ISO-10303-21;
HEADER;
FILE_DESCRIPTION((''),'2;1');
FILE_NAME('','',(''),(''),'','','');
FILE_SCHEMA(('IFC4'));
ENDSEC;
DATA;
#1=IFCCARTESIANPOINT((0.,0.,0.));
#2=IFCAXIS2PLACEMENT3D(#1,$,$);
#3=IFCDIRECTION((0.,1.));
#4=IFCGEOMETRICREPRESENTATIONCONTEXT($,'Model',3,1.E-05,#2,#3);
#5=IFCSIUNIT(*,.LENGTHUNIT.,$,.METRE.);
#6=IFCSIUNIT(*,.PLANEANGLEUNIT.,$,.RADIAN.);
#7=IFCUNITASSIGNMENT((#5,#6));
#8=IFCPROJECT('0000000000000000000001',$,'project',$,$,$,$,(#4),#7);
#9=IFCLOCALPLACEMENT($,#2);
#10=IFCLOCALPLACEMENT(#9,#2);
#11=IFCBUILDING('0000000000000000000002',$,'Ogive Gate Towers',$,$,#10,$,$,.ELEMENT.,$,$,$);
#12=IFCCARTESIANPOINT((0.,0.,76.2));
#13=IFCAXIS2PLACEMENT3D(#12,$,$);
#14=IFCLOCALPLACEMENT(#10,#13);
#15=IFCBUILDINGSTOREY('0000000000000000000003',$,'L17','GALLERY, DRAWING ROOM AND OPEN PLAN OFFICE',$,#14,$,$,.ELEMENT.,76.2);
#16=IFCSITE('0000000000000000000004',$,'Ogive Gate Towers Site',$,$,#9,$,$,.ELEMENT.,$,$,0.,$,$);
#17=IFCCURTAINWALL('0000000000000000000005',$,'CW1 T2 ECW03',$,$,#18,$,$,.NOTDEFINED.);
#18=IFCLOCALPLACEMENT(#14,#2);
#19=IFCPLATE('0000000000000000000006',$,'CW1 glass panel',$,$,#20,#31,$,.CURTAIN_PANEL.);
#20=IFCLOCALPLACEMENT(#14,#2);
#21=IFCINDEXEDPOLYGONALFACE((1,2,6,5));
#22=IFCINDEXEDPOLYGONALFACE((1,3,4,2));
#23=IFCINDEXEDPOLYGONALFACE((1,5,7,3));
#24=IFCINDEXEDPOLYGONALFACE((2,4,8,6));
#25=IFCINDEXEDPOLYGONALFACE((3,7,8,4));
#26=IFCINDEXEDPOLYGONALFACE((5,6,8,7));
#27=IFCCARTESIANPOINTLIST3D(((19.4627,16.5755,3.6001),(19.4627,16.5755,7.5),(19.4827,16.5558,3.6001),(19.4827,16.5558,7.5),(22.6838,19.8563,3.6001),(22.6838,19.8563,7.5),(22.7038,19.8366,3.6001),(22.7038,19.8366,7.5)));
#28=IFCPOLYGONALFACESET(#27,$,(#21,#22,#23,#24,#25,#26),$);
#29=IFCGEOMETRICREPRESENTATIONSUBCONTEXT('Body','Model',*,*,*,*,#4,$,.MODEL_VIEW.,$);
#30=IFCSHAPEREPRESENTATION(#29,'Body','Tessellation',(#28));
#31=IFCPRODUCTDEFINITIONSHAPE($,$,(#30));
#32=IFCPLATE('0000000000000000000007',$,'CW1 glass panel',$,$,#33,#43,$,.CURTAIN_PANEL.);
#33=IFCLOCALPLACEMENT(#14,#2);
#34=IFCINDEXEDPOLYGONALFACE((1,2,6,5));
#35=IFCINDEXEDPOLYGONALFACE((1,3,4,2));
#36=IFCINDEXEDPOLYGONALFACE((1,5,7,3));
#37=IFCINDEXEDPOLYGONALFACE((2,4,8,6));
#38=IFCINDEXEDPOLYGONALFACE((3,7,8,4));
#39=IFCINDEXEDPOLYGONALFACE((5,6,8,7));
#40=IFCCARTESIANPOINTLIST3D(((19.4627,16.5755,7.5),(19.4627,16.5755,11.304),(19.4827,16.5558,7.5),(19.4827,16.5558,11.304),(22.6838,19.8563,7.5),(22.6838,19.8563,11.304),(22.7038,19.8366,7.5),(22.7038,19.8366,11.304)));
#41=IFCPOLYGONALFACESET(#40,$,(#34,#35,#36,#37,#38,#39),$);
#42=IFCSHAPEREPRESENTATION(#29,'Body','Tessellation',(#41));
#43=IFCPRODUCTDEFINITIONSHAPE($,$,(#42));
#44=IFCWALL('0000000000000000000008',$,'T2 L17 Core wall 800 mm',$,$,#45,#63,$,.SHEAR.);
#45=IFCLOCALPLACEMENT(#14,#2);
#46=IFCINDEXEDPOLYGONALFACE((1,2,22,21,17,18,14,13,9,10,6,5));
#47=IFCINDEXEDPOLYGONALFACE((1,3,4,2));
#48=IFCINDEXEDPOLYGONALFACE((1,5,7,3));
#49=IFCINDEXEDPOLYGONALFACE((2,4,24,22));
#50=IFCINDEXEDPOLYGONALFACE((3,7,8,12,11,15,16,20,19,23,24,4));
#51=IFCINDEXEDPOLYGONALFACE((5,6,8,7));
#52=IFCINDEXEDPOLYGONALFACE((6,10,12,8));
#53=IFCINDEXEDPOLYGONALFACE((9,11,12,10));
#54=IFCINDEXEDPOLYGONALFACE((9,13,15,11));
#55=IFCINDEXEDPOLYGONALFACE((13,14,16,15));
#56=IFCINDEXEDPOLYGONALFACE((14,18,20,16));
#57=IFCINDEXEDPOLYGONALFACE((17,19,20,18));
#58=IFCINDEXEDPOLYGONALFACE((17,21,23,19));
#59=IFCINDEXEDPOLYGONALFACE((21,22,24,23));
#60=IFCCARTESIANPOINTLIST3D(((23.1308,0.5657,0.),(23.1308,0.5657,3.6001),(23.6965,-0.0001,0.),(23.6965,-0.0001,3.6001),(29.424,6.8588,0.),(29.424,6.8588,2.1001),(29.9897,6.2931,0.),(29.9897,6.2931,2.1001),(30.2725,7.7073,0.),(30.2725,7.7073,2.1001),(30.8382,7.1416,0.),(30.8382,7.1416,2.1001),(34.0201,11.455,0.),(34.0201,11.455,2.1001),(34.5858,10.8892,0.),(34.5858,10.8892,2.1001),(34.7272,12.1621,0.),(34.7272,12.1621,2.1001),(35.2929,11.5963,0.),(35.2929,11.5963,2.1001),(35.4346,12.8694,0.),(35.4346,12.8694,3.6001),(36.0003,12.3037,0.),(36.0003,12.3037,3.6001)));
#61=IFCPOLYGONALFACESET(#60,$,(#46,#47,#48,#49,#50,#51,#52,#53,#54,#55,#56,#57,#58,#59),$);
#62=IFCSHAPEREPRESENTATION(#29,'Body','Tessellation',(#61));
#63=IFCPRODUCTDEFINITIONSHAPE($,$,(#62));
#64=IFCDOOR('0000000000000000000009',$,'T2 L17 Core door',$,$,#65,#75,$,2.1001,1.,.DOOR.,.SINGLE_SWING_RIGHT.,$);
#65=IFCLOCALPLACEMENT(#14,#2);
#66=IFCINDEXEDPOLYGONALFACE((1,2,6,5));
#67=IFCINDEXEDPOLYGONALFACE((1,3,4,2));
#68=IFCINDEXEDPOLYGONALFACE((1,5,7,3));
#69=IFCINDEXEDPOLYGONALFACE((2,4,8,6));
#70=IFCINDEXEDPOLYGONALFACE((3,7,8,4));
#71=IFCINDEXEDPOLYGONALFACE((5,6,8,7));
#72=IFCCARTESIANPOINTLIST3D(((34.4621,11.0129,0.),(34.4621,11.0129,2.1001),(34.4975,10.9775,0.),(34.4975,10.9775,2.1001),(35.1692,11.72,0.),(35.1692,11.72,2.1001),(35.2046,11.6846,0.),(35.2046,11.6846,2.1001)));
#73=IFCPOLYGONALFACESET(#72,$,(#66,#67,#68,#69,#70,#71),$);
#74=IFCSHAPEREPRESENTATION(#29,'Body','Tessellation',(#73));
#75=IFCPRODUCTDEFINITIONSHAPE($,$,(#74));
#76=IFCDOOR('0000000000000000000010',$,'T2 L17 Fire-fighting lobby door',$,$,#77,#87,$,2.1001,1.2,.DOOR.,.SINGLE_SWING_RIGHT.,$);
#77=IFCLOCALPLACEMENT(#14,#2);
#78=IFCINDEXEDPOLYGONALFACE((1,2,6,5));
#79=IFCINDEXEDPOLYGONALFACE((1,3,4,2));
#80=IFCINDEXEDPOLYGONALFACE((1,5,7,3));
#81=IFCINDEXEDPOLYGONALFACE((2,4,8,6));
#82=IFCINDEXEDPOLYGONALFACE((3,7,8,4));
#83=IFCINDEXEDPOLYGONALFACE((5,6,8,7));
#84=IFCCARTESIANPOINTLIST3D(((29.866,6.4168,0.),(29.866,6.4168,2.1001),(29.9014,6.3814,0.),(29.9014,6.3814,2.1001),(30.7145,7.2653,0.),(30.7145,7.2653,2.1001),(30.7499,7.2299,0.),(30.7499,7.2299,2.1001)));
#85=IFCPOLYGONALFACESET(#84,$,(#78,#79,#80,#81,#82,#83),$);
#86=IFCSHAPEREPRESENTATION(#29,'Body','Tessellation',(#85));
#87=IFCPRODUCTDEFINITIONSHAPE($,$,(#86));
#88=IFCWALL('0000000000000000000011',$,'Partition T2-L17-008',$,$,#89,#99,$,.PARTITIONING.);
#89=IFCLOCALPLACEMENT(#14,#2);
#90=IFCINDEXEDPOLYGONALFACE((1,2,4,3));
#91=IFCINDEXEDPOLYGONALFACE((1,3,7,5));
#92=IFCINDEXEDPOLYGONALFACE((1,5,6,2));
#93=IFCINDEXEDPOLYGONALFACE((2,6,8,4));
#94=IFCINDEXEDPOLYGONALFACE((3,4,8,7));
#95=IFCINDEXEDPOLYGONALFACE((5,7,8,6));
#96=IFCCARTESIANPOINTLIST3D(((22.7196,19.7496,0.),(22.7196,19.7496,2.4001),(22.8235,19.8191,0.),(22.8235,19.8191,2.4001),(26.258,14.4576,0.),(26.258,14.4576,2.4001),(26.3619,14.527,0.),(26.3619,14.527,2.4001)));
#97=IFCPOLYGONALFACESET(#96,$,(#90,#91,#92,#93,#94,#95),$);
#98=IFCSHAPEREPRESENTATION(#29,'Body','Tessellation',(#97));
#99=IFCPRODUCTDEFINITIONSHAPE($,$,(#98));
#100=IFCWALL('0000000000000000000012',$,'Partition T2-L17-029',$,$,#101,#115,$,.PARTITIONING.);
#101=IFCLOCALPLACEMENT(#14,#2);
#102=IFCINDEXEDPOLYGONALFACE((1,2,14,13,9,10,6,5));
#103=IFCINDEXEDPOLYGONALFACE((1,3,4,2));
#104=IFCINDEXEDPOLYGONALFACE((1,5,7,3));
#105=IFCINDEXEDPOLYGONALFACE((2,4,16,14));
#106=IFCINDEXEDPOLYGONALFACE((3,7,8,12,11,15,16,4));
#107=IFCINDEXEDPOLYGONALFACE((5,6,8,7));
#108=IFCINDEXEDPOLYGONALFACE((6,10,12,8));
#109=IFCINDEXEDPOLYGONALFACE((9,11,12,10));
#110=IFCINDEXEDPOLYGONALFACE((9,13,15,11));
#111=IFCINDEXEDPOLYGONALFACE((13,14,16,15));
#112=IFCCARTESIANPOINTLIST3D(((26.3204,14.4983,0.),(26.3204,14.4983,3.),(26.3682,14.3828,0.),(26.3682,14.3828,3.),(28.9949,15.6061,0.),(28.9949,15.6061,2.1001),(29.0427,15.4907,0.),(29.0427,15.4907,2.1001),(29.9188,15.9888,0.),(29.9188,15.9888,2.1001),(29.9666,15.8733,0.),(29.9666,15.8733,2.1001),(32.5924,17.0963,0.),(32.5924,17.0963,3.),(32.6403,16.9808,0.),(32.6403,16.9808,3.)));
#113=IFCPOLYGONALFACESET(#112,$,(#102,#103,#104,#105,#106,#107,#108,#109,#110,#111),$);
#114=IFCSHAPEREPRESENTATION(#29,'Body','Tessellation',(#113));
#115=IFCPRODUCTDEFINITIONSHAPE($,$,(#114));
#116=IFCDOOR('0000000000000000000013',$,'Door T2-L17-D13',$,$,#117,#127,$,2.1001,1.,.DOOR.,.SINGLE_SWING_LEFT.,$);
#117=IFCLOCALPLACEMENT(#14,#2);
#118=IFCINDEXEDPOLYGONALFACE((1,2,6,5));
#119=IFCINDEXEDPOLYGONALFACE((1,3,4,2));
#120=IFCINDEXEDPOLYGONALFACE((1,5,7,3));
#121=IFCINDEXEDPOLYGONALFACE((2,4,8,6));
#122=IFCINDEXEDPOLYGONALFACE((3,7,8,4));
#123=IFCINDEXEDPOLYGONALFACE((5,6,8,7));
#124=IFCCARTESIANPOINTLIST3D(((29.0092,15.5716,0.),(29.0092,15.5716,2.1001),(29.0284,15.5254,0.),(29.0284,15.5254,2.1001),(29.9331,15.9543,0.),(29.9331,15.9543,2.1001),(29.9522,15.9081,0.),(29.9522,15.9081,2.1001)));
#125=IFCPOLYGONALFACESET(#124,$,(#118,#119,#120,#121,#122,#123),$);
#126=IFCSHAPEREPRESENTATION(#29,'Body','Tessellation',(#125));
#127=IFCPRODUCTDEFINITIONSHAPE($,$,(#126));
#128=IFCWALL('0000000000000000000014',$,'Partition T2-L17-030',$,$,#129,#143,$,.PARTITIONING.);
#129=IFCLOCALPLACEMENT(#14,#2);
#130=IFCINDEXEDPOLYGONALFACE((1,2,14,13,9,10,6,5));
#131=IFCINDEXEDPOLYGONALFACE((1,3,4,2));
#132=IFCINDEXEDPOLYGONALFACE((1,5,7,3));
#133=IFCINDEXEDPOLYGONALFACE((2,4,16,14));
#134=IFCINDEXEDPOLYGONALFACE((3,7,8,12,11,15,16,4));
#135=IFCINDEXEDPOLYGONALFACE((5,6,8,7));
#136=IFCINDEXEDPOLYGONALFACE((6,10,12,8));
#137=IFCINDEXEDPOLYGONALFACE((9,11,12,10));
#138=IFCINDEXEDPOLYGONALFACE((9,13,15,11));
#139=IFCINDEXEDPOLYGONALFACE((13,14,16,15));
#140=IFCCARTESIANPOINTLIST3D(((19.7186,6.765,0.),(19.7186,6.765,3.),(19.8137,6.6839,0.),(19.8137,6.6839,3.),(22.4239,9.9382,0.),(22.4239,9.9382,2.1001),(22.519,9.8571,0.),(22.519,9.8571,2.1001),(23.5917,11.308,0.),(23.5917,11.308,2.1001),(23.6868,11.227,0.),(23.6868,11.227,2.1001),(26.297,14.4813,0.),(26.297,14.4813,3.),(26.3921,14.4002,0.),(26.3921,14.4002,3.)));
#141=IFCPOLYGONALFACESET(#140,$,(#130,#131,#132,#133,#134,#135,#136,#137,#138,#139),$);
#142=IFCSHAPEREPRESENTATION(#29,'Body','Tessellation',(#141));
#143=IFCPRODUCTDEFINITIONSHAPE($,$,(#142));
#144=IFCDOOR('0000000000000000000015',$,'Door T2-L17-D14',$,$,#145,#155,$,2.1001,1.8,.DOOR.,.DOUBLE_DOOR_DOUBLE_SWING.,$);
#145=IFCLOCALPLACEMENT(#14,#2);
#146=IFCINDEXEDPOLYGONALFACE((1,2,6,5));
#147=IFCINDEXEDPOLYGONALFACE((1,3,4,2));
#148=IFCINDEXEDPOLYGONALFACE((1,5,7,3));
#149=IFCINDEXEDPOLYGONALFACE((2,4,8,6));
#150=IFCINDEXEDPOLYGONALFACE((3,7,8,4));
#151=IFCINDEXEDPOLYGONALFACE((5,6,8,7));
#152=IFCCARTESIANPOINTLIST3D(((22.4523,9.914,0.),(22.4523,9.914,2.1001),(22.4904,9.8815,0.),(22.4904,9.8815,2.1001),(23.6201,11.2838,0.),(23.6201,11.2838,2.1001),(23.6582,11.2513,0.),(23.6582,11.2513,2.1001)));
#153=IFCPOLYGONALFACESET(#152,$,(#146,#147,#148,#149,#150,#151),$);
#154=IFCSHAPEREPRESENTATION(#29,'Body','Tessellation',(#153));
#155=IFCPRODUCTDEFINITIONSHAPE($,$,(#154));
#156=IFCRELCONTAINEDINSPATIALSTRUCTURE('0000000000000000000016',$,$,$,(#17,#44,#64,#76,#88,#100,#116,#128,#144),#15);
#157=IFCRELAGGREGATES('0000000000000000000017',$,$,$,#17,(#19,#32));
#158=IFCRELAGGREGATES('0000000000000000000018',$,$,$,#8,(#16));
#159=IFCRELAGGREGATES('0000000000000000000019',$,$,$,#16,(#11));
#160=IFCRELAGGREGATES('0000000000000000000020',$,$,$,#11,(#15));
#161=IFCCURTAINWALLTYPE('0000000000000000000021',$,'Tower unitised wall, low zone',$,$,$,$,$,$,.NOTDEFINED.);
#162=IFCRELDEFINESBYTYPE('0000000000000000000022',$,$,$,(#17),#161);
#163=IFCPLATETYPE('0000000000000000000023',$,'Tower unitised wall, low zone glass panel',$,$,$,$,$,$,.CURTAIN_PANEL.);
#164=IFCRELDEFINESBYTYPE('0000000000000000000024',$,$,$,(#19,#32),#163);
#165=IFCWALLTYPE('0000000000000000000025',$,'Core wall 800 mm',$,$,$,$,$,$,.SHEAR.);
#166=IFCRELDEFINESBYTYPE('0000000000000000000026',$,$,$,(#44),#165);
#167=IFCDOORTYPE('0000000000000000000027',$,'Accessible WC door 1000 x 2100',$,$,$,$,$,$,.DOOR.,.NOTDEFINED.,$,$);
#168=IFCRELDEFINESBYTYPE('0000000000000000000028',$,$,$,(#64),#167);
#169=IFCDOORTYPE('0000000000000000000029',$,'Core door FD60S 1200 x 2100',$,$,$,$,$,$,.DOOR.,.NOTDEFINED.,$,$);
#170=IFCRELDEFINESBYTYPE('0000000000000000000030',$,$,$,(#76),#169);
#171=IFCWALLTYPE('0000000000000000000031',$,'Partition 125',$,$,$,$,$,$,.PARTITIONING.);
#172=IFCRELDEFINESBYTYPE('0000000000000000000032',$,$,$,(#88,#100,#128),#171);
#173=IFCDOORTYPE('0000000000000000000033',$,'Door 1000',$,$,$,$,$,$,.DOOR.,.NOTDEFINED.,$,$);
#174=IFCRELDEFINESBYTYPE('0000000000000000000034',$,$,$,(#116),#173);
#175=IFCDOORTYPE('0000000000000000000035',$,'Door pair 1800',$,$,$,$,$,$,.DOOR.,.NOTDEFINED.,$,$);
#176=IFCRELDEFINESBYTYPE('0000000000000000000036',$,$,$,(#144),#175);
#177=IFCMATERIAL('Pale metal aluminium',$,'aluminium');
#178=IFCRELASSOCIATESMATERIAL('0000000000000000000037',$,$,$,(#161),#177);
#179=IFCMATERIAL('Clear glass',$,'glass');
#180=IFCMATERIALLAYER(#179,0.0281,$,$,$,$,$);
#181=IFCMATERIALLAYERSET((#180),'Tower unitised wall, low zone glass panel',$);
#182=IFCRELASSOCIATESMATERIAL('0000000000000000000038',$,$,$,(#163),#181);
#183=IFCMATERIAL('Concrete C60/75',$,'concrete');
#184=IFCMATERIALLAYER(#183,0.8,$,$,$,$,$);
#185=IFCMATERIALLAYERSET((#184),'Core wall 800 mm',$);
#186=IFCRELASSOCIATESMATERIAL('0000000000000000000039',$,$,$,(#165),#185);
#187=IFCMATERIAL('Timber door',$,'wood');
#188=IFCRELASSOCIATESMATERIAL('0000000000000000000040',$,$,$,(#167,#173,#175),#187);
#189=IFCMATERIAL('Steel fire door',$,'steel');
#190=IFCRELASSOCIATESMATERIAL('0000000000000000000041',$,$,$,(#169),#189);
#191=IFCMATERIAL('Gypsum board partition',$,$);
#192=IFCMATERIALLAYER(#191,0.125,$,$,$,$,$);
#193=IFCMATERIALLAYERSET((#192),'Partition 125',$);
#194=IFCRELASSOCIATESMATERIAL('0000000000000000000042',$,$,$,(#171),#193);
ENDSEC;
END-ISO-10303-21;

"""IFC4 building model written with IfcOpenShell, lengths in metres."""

from ifc_helpers import new_model, si_unit, direction, frame, frame_2d, origin, origin_2d, place, context, subcontext, project, spatial, rectangle, extrude, material, layer, layer_set, type_object, element, fill, aggregate, save


model = new_model("IFC4")

# Units and contexts
model_context = context("Model", 3, precision=1e-05, world=origin(), true_north=direction((0.0, 1.0)))
body_context = subcontext(model_context, "Body", "Model", "MODEL_VIEW")
ifc_project = project(units=[si_unit("LENGTHUNIT", "METRE"), si_unit("PLANEANGLEUNIT", "RADIAN")], contexts=[model_context])

# Site, building, storey
site_placement = place(None, origin())
site = spatial("IfcSite", under=ifc_project, at=site_placement, Name="Ogive Gate Towers Site", CompositionType="ELEMENT", RefElevation=0.0)
building_placement = place(site_placement, origin())
building = spatial("IfcBuilding", under=site, at=building_placement, Name="Ogive Gate Towers", CompositionType="ELEMENT")
storey_placement = place(building_placement, frame((0.0, 0.0, 76.2)))
storey = spatial("IfcBuildingStorey", under=building, at=storey_placement, Name="L17", Description="GALLERY, DRAWING ROOM AND OPEN PLAN OFFICE", CompositionType="ELEMENT", Elevation=76.2)

# Curtain wall, plates
ifc_material_1 = material(Name="Pale metal aluminium", Category="aluminium")
curtain_wall_type = type_object("IfcCurtainWallType", Name="Tower unitised wall, low zone", PredefinedType="NOTDEFINED", material=ifc_material_1)
curtain_wall_placement = place(storey_placement, origin())
curtain_wall = element("IfcCurtainWall", 1, at=curtain_wall_placement, inside=storey, type_object=curtain_wall_type, Name="CW1 T2 ECW03", PredefinedType="NOTDEFINED")
ifc_material_2 = material(Name="Clear glass", Category="glass")
ifc_layer_1 = layer(ifc_material_2, 0.0281)
ifc_layer_set_1 = layer_set([ifc_layer_1], Name="Tower unitised wall, low zone glass panel")
plate_type = type_object("IfcPlateType", Name="Tower unitised wall, low zone glass panel", PredefinedType="CURTAIN_PANEL", material=ifc_layer_set_1)
plate_1_placement = place(storey_placement, frame((21.0833, 18.2061, 3.6001), z_axis=(0.0, 0.0, 1.0), x_axis=(-0.700586, -0.713568, 0.0)))
plate_1 = element("IfcPlate", 2, at=plate_1_placement, type_object=plate_type, Name="CW1 glass panel", PredefinedType="CURTAIN_PANEL", context=body_context, shape_type="SweptSolid", body=[
    extrude(rectangle(XDim=4.5977, YDim=0.0281, at=origin_2d()), origin(), (0.0, 0.0, 1.0), 3.8999),
])
plate_2_placement = place(storey_placement, frame((21.0833, 18.2061, 7.5), z_axis=(0.0, 0.0, 1.0), x_axis=(-0.700586, -0.713568, 0.0)))
plate_2 = element("IfcPlate", 3, at=plate_2_placement, type_object=plate_type, Name="CW1 glass panel", PredefinedType="CURTAIN_PANEL", context=body_context, shape_type="SweptSolid", body=[
    extrude(rectangle(XDim=4.5977, YDim=0.0281, at=origin_2d()), origin(), (0.0, 0.0, 1.0), 3.804),
])
aggregate(curtain_wall, [plate_1, plate_2])

# Wall, openings, doors
ifc_material_3 = material(Name="Concrete C60/75", Category="concrete")
ifc_layer_2 = layer(ifc_material_3, 0.8)
ifc_layer_set_2 = layer_set([ifc_layer_2], Name="Core wall 800 mm")
wall_type_1 = type_object("IfcWallType", Name="Core wall 800 mm", PredefinedType="SHEAR", material=ifc_layer_set_2)
wall_1_placement = place(storey_placement, frame((23.4136, 0.2827, 0.0), z_axis=(0.0, 0.0, 1.0), x_axis=(0.707107, 0.707107, 0.0)))
wall_1 = element("IfcWall", 4, at=wall_1_placement, inside=storey, type_object=wall_type_1, Name="T2 L17 Core wall 800 mm", PredefinedType="SHEAR", context=body_context, shape_type="SweptSolid", body=[
    extrude(rectangle(XDim=17.4001, YDim=0.8, at=frame_2d((8.7002, 0.0))), origin(), (0.0, 0.0, 1.0), 3.6001),
])
opening_1_placement = place(wall_1_placement, frame((8.8999, 0.0, 0.0)))
opening_1 = element("IfcOpeningElement", 5, at=opening_1_placement, cuts=wall_1, PredefinedType="OPENING", context=body_context, shape_type="SweptSolid", body=[
    extrude(rectangle(XDim=1.2, YDim=2.1001, at=frame_2d((0.6001, 1.05))), frame((0.0, 0.4102, 0.0), z_axis=(0.0, -1.0, 0.0), x_axis=(1.0, 0.0, 0.0)), (0.0, 0.0, 1.0), 0.8201),
])
opening_2_placement = place(wall_1_placement, frame((15.3999, 0.0, 0.0)))
opening_2 = element("IfcOpeningElement", 6, at=opening_2_placement, cuts=wall_1, PredefinedType="OPENING", context=body_context, shape_type="SweptSolid", body=[
    extrude(rectangle(XDim=1.0, YDim=2.1001, at=frame_2d((0.5, 1.05))), frame((0.0, 0.4102, 0.0), z_axis=(0.0, -1.0, 0.0), x_axis=(1.0, 0.0, 0.0)), (0.0, 0.0, 1.0), 0.8201),
])
ifc_material_4 = material(Name="Timber door", Category="wood")
door_type_1 = type_object("IfcDoorType", Name="Accessible WC door 1000 x 2100", OperationType="NOTDEFINED", PredefinedType="DOOR", material=ifc_material_4)
door_1_placement = place(opening_2_placement, origin())
door_1 = element("IfcDoor", 7, at=door_1_placement, inside=storey, type_object=door_type_1, Name="T2 L17 Core door", OperationType="SINGLE_SWING_RIGHT", OverallHeight=2.1001, OverallWidth=1.0, PredefinedType="DOOR", context=body_context, shape_type="SweptSolid", body=[
    extrude(rectangle(XDim=1.0, YDim=2.1001, at=frame_2d((0.5, 1.05))), frame((0.0, -0.2251, 0.0), z_axis=(0.0, -1.0, 0.0), x_axis=(1.0, 0.0, 0.0)), (0.0, 0.0, 1.0), 0.05),
])
fill(opening_2, door_1)
ifc_material_5 = material(Name="Steel fire door", Category="steel")
door_type_2 = type_object("IfcDoorType", Name="Core door FD60S 1200 x 2100", OperationType="NOTDEFINED", PredefinedType="DOOR", material=ifc_material_5)
door_2_placement = place(opening_1_placement, origin())
door_2 = element("IfcDoor", 8, at=door_2_placement, inside=storey, type_object=door_type_2, Name="T2 L17 Fire-fighting lobby door", OperationType="SINGLE_SWING_RIGHT", OverallHeight=2.1001, OverallWidth=1.2, PredefinedType="DOOR", context=body_context, shape_type="SweptSolid", body=[
    extrude(rectangle(XDim=1.2, YDim=2.1001, at=frame_2d((0.6001, 1.05))), frame((0.0, -0.2251, 0.0), z_axis=(0.0, -1.0, 0.0), x_axis=(1.0, 0.0, 0.0)), (0.0, 0.0, 1.0), 0.05),
])
fill(opening_1, door_2)

# Wall
ifc_material_6 = material(Name="Gypsum board partition")
ifc_layer_3 = layer(ifc_material_6, 0.125)
ifc_layer_set_3 = layer_set([ifc_layer_3], Name="Partition 125")
wall_type_2 = type_object("IfcWallType", Name="Partition 125", PredefinedType="PARTITIONING", material=ifc_layer_set_3)
wall_2_placement = place(storey_placement, frame((22.7715, 19.7844, 0.0), z_axis=(0.0, 0.0, 1.0), x_axis=(0.555824, -0.8313, 0.0)))
element("IfcWall", 9, at=wall_2_placement, inside=storey, type_object=wall_type_2, Name="Partition T2-L17-008", PredefinedType="PARTITIONING", context=body_context, shape_type="SweptSolid", body=[
    extrude(rectangle(XDim=6.366, YDim=0.125, at=frame_2d((3.1831, 0.0))), origin(), (0.0, 0.0, 1.0), 2.4001),
])

# Walls, openings, doors
wall_3_placement = place(storey_placement, frame((32.6165, 17.0386, 0.0), z_axis=(0.0, 0.0, 1.0), x_axis=(-0.923881, -0.382679, 0.0)))
wall_3 = element("IfcWall", 10, at=wall_3_placement, inside=storey, type_object=wall_type_2, Name="Partition T2-L17-029", PredefinedType="PARTITIONING", context=body_context, shape_type="SweptSolid", body=[
    extrude(rectangle(XDim=6.7888, YDim=0.125, at=frame_2d((3.3945, 0.0))), origin(), (0.0, 0.0, 1.0), 3.0),
])
opening_3_placement = place(wall_3_placement, frame((2.894, 0.0, 0.0)))
opening_3 = element("IfcOpeningElement", 11, at=opening_3_placement, cuts=wall_3, PredefinedType="OPENING", context=body_context, shape_type="SweptSolid", body=[
    extrude(rectangle(XDim=1.0, YDim=2.1001, at=frame_2d((0.5, 1.05))), frame((0.0, 0.0725, 0.0), z_axis=(0.0, -1.0, 0.0), x_axis=(1.0, 0.0, 0.0)), (0.0, 0.0, 1.0), 0.145),
])
door_type_3 = type_object("IfcDoorType", Name="Door 1000", OperationType="NOTDEFINED", PredefinedType="DOOR", material=ifc_material_4)
door_3_placement = place(opening_3_placement, origin())
door_3 = element("IfcDoor", 12, at=door_3_placement, inside=storey, type_object=door_type_3, Name="Door T2-L17-D13", OperationType="SINGLE_SWING_LEFT", OverallHeight=2.1001, OverallWidth=1.0, PredefinedType="DOOR", context=body_context, shape_type="SweptSolid", body=[
    extrude(rectangle(XDim=1.0, YDim=2.1001, at=frame_2d((0.5, 1.05))), frame((0.0, 0.0249, 0.0), z_axis=(0.0, -1.0, 0.0), x_axis=(1.0, 0.0, 0.0)), (0.0, 0.0, 1.0), 0.05),
])
fill(opening_3, door_3)
wall_4_placement = place(storey_placement, frame((26.3445, 14.4407, 0.0), z_axis=(0.0, 0.0, 1.0), x_axis=(-0.648765, -0.760989, 0.0)))
wall_4 = element("IfcWall", 13, at=wall_4_placement, inside=storey, type_object=wall_type_2, Name="Partition T2-L17-030", PredefinedType="PARTITIONING", context=body_context, shape_type="SweptSolid", body=[
    extrude(rectangle(XDim=10.1399, YDim=0.125, at=frame_2d((5.0698, 0.0))), origin(), (0.0, 0.0, 1.0), 3.0),
])
opening_4_placement = place(wall_4_placement, frame((4.1699, 0.0, 0.0)))
opening_4 = element("IfcOpeningElement", 14, at=opening_4_placement, cuts=wall_4, PredefinedType="OPENING", context=body_context, shape_type="SweptSolid", body=[
    extrude(rectangle(XDim=1.8, YDim=2.1001, at=frame_2d((0.8999, 1.05))), frame((0.0, 0.0725, 0.0), z_axis=(0.0, -1.0, 0.0), x_axis=(1.0, 0.0, 0.0)), (0.0, 0.0, 1.0), 0.145),
])
door_type_4 = type_object("IfcDoorType", Name="Door pair 1800", OperationType="NOTDEFINED", PredefinedType="DOOR", material=ifc_material_4)
door_4_placement = place(opening_4_placement, origin())
door_4 = element("IfcDoor", 15, at=door_4_placement, inside=storey, type_object=door_type_4, Name="Door T2-L17-D14", OperationType="DOUBLE_DOOR_DOUBLE_SWING", OverallHeight=2.1001, OverallWidth=1.8, PredefinedType="DOOR", context=body_context, shape_type="SweptSolid", body=[
    extrude(rectangle(XDim=1.8, YDim=2.1001, at=frame_2d((0.8999, 1.05))), frame((0.0, 0.0249, 0.0), z_axis=(0.0, -1.0, 0.0), x_axis=(1.0, 0.0, 0.0)), (0.0, 0.0, 1.0), 0.05),
])
fill(opening_4, door_4)

save(model, "model.ifc")
